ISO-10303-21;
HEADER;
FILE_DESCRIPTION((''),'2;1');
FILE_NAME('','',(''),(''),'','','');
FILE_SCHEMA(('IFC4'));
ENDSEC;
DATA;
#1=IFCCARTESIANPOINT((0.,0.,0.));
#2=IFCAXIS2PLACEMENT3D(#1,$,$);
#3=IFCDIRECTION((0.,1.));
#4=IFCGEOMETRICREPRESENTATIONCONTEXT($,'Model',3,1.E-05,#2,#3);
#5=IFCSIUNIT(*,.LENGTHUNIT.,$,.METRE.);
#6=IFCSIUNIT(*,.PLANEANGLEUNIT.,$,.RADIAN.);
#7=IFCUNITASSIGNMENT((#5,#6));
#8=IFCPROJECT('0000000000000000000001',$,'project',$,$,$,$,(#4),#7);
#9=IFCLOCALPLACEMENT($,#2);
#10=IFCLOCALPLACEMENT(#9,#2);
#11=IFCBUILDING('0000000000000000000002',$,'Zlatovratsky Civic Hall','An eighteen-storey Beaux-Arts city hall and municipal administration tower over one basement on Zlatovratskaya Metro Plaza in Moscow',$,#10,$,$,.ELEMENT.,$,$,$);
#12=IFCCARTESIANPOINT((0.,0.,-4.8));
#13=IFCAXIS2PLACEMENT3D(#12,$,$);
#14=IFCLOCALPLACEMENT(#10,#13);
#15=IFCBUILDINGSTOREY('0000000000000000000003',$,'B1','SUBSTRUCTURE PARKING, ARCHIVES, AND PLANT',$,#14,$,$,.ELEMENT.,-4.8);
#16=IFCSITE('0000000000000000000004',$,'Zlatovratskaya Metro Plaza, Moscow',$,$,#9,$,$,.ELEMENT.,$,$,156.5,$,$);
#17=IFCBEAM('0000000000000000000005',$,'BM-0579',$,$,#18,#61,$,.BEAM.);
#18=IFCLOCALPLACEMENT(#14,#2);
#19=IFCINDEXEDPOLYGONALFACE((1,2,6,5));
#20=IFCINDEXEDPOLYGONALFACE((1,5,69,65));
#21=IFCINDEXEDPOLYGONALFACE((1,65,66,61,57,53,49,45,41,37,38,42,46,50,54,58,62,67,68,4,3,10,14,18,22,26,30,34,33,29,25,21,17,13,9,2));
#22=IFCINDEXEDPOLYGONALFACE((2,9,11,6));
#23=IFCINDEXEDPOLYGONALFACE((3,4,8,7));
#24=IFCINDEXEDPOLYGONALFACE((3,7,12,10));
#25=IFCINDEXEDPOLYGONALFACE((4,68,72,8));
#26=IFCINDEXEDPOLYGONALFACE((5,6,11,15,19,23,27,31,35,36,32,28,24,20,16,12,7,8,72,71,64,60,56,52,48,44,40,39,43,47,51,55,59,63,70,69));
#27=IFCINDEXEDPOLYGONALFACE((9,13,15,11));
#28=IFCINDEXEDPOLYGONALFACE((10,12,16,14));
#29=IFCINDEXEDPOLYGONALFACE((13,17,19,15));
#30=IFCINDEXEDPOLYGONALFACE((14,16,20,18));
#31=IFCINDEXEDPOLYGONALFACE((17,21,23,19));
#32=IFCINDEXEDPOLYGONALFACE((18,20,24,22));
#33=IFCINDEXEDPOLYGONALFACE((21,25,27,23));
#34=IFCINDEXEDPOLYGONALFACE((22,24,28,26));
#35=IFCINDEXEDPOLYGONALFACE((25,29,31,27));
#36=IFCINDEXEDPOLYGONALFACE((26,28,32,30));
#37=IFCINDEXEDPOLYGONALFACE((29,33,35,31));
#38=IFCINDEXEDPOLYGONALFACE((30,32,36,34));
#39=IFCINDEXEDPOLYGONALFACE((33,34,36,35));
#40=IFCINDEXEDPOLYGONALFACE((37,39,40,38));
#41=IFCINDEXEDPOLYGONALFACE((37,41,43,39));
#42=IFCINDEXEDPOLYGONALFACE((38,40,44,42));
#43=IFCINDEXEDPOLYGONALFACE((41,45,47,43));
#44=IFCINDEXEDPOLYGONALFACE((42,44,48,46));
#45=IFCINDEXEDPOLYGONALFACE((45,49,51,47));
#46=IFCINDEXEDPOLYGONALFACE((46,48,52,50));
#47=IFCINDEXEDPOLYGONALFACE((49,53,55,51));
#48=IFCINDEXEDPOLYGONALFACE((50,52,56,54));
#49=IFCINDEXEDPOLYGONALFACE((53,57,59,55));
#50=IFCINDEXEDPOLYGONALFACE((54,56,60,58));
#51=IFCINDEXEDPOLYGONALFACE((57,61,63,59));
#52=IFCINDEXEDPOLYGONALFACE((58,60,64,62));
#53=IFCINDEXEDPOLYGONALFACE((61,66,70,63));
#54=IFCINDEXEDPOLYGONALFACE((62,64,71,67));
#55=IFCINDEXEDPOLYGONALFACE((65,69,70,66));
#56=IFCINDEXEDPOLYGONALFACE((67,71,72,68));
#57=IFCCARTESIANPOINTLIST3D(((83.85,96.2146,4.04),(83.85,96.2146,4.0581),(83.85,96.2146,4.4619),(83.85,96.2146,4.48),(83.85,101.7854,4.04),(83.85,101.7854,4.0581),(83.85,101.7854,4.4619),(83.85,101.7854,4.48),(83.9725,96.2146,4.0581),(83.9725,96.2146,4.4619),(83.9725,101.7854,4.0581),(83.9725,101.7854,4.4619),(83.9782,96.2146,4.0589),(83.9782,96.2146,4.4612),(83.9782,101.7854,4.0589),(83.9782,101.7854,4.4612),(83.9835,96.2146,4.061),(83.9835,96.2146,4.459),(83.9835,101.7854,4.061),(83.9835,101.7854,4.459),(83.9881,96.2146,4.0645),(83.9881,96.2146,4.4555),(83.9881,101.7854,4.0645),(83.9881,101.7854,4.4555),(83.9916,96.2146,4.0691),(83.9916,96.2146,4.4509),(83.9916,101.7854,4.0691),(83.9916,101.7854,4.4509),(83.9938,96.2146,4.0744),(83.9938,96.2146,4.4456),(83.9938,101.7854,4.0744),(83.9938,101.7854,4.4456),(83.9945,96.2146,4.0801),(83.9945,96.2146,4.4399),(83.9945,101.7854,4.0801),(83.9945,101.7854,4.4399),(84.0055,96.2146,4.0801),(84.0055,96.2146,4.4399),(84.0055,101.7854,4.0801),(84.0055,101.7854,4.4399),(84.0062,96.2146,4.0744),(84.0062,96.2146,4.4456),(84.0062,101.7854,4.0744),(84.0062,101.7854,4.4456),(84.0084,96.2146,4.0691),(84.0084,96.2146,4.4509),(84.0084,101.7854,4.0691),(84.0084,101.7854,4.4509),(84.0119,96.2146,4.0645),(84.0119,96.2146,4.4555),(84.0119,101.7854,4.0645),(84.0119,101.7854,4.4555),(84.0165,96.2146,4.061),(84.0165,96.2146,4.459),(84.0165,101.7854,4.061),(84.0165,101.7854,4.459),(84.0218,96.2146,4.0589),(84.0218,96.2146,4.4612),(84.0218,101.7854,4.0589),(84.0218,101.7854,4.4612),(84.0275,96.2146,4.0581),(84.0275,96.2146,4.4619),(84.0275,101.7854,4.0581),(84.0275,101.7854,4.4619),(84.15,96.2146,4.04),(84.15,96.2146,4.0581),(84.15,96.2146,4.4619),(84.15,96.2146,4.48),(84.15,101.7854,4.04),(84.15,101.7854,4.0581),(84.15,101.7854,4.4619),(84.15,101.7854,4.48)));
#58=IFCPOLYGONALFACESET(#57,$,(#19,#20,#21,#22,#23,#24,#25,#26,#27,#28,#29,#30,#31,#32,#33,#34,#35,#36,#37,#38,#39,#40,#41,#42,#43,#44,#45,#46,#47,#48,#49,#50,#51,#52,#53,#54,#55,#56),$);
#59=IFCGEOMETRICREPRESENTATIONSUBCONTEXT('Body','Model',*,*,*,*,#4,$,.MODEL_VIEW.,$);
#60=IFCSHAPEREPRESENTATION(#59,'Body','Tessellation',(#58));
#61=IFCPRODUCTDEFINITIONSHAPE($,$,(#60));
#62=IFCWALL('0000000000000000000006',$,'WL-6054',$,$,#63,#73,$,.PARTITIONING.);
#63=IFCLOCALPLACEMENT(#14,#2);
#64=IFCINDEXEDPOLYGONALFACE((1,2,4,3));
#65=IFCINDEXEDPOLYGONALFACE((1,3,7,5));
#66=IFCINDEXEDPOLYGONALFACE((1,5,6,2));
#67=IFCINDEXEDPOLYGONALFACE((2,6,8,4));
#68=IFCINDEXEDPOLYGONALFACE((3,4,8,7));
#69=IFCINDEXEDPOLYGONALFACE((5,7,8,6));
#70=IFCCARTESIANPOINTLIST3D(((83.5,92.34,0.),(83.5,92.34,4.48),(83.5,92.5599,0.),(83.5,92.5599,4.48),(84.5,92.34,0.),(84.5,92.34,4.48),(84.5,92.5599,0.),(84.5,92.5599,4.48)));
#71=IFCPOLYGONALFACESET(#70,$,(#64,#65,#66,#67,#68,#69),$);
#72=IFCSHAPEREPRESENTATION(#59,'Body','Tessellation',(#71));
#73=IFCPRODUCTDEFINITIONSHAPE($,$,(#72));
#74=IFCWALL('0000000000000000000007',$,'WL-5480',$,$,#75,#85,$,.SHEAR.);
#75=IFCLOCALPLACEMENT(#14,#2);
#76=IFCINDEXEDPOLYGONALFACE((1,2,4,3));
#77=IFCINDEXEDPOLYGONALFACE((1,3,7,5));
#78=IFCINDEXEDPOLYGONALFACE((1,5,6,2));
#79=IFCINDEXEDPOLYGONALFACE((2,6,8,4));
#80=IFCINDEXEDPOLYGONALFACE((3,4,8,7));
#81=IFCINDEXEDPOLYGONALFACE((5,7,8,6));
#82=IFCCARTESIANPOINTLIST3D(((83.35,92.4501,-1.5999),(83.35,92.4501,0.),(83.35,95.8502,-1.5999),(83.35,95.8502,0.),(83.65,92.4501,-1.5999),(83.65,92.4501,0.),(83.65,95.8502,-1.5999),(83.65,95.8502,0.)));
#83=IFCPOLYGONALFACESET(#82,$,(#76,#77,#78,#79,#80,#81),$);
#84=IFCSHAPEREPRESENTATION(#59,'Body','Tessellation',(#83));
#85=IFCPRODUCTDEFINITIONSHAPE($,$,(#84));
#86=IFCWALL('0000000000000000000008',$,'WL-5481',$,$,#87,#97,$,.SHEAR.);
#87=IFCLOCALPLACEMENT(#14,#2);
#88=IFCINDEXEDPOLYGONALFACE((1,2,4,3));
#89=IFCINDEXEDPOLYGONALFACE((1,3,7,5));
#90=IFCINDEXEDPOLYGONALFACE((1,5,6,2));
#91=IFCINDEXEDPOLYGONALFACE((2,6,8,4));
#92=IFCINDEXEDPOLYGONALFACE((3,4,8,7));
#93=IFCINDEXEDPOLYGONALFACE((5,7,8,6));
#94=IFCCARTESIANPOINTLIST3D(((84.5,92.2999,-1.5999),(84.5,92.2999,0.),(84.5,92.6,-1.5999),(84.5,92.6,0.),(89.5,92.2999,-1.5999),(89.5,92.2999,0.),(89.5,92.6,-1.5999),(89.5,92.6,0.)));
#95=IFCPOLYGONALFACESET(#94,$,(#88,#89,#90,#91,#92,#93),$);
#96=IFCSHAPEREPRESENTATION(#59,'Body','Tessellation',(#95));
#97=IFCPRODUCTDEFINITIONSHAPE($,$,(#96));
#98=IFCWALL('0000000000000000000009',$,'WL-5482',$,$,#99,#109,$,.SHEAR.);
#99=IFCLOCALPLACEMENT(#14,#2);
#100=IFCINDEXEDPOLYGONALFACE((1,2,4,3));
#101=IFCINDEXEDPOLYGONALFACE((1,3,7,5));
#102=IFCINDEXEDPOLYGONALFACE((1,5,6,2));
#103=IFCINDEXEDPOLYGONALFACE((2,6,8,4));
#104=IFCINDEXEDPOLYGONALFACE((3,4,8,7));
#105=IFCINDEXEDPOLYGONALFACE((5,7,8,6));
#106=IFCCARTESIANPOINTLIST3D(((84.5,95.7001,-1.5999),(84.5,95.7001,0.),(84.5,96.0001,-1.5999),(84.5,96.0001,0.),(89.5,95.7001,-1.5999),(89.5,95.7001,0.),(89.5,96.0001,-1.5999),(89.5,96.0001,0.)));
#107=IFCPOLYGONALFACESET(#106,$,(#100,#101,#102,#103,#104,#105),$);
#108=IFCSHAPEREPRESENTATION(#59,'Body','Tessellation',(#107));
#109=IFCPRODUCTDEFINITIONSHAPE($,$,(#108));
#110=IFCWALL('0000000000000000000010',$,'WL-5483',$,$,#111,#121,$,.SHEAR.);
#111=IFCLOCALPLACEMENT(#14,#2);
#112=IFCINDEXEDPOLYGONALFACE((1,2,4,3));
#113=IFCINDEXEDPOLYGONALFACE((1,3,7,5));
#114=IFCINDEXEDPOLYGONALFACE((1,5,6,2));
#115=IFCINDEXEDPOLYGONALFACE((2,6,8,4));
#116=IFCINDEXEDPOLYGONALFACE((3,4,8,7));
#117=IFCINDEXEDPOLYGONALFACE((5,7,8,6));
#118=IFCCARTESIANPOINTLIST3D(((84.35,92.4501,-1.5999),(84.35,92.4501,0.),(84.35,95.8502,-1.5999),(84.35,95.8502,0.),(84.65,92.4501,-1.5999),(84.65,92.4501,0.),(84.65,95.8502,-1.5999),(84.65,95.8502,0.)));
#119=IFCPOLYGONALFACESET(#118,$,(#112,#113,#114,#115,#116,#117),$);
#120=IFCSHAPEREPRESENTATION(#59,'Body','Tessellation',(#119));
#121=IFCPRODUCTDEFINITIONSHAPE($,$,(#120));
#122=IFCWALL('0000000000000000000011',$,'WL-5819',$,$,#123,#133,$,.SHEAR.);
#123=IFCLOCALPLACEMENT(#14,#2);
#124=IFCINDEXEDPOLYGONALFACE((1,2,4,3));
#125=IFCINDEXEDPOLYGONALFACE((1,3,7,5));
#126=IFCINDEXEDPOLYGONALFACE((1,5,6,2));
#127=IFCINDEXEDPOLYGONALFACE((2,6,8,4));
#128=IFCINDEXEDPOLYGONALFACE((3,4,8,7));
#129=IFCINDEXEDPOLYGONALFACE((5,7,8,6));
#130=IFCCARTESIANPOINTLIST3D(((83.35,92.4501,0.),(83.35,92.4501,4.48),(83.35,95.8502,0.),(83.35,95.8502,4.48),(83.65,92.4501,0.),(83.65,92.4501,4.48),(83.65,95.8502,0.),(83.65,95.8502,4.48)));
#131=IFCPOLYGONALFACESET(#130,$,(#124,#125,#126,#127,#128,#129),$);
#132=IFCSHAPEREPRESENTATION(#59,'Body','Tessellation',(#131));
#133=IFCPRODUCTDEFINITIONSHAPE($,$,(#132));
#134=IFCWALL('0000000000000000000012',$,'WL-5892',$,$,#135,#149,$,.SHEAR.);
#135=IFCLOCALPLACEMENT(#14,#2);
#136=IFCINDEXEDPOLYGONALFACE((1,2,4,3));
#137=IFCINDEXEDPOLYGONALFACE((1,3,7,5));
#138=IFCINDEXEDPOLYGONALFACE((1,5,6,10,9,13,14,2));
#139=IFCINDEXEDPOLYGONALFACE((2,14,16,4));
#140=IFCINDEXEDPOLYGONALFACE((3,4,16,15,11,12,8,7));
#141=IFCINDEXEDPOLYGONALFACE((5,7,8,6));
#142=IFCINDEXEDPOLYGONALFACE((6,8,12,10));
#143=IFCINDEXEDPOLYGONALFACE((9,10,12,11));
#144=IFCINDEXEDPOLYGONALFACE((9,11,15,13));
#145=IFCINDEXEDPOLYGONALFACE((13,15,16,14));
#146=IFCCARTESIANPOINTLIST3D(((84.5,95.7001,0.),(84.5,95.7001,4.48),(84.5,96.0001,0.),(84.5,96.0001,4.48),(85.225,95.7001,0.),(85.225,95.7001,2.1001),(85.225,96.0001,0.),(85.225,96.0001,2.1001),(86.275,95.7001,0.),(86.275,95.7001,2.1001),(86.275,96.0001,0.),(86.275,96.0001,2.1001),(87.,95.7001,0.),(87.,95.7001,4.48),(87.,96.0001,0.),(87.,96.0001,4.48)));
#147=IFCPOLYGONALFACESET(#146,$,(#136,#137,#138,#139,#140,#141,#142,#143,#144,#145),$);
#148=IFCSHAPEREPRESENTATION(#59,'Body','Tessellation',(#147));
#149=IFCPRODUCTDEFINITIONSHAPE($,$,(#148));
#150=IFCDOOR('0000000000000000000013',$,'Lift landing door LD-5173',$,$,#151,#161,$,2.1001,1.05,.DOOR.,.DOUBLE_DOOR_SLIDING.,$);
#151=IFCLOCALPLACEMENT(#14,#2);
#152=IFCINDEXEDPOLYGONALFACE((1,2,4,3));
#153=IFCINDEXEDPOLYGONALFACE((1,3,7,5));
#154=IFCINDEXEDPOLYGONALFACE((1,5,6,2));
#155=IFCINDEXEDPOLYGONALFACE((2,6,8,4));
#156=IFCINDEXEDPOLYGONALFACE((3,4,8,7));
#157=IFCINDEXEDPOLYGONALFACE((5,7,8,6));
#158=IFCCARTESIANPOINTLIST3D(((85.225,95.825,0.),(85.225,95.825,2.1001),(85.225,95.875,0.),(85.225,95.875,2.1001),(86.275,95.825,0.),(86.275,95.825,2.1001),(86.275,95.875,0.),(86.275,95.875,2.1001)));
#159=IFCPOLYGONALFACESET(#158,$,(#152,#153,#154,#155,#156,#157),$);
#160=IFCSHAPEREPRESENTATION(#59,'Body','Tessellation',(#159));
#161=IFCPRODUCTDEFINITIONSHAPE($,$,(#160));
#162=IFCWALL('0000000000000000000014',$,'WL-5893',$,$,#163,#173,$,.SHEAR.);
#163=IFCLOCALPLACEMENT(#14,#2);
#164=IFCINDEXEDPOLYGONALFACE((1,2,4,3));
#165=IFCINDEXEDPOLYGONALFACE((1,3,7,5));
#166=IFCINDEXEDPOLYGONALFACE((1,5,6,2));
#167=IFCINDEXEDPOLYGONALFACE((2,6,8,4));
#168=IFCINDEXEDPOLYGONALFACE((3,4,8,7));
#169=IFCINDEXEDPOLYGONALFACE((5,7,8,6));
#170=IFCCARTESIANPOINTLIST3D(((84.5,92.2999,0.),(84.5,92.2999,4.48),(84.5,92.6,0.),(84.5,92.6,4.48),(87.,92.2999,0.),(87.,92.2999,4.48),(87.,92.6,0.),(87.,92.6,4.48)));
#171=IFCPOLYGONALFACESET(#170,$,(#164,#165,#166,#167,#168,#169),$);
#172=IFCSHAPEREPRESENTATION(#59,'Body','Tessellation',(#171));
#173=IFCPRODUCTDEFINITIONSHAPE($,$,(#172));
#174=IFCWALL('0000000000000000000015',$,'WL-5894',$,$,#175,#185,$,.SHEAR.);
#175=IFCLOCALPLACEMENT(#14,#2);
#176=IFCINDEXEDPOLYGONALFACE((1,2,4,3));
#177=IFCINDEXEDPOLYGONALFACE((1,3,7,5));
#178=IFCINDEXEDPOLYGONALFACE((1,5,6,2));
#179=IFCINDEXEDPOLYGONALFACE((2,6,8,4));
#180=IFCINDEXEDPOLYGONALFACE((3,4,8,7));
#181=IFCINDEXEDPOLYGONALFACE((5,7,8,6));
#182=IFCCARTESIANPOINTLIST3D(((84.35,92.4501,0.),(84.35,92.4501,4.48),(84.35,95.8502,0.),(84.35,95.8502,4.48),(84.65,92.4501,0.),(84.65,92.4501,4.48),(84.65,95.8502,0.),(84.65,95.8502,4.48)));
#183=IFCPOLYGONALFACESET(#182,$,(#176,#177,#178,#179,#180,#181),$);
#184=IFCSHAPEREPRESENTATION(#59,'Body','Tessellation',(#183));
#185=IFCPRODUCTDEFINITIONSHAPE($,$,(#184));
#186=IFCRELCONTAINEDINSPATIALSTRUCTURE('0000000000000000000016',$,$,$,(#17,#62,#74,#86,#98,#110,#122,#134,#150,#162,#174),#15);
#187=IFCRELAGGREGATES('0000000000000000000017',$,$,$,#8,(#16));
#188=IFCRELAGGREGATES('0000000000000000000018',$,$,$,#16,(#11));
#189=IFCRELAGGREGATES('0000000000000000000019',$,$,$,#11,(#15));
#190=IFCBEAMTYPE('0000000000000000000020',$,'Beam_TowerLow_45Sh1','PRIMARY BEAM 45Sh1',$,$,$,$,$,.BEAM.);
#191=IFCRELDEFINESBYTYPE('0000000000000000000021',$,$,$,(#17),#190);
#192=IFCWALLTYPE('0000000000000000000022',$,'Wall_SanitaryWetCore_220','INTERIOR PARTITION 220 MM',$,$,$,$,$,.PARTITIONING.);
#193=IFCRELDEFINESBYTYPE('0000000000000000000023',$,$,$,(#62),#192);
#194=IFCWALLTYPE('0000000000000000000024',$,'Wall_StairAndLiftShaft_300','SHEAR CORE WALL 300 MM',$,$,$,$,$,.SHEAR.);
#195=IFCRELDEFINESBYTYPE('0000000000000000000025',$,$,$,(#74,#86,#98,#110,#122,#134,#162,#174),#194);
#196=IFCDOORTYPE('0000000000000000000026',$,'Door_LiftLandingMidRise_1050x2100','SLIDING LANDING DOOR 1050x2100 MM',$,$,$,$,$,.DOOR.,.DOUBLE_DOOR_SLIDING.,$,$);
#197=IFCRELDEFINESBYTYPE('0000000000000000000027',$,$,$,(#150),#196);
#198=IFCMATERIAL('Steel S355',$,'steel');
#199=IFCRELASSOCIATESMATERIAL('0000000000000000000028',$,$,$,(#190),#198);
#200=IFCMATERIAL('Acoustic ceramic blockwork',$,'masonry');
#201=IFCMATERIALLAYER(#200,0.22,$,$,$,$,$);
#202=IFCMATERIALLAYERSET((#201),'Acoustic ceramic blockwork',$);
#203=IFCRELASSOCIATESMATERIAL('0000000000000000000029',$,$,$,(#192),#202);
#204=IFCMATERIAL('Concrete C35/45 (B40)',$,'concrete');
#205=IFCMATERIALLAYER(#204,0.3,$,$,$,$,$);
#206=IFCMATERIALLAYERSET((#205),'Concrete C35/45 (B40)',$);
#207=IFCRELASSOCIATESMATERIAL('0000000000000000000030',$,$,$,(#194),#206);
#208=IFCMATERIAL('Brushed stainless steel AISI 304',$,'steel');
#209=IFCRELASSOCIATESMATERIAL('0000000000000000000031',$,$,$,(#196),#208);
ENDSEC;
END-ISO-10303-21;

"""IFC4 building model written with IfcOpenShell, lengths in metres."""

from ifc_helpers import new_model, si_unit, direction, frame, frame_2d, origin, origin_2d, place, context, subcontext, project, spatial, rectangle, i_section, extrude, material, layer, layer_set, material_profile, profile_set, type_object, element, fill, save


model = new_model("IFC4")

# Units and contexts
model_context = context("Model", 3, precision=1e-05, world=origin(), true_north=direction((0.0, 1.0)))
body_context = subcontext(model_context, "Body", "Model", "MODEL_VIEW")
ifc_project = project(units=[si_unit("LENGTHUNIT", "METRE"), si_unit("PLANEANGLEUNIT", "RADIAN")], contexts=[model_context])

# Site, building, storey
site_placement = place(None, origin())
site = spatial("IfcSite", under=ifc_project, at=site_placement, Name="Zlatovratskaya Metro Plaza, Moscow", CompositionType="ELEMENT", RefElevation=156.5)
building_placement = place(site_placement, origin())
building = spatial("IfcBuilding", under=site, at=building_placement, Name="Zlatovratsky Civic Hall", Description="An eighteen-storey Beaux-Arts city hall and municipal administration tower over one basement on Zlatovratskaya Metro Plaza in Moscow", CompositionType="ELEMENT")
storey_placement = place(building_placement, frame((0.0, 0.0, -4.8)))
storey = spatial("IfcBuildingStorey", under=building, at=storey_placement, Name="B1", Description="SUBSTRUCTURE PARKING, ARCHIVES, AND PLANT", CompositionType="ELEMENT", Elevation=-4.8)

# Shared definitions
ifc_material_1 = material(Name="Steel S355", Category="steel")

# Beam
ifc_material_profile_1 = material_profile(ifc_material_1, i_section(OverallWidth=0.3, OverallDepth=0.4399, WebThickness=0.011, FlangeThickness=0.0181, FilletRadius=0.022, at=origin_2d()), Name="45Sh1")
ifc_profile_set_1 = profile_set([ifc_material_profile_1], Name="Steel S355")
beam_type = type_object("IfcBeamType", Name="Beam_TowerLow_45Sh1", Description="PRIMARY BEAM 45Sh1", PredefinedType="BEAM", material=ifc_profile_set_1)
beam_placement = place(storey_placement, frame((84.0, 96.2146, 4.26), z_axis=(0.0, 1.0, 0.0), x_axis=(-1.0, 0.0, 0.0)))
element("IfcBeam", 1, at=beam_placement, inside=storey, type_object=beam_type, Name="BM-0579", PredefinedType="BEAM", context=body_context, shape_type="SweptSolid", body=[
    extrude(i_section(OverallWidth=0.3, OverallDepth=0.4399, WebThickness=0.011, FlangeThickness=0.0181, FilletRadius=0.022, at=origin_2d()), origin(), (0.0, 0.0, 1.0), 5.5708),
])

# Walls
ifc_material_2 = material(Name="Acoustic ceramic blockwork", Category="masonry")
ifc_layer_1 = layer(ifc_material_2, 0.22)
ifc_layer_set_1 = layer_set([ifc_layer_1], Name="Acoustic ceramic blockwork")
wall_type_1 = type_object("IfcWallType", Name="Wall_SanitaryWetCore_220", Description="INTERIOR PARTITION 220 MM", PredefinedType="PARTITIONING", material=ifc_layer_set_1)
wall_1_placement = place(storey_placement, frame((83.5, 92.45, 0.0), z_axis=(0.0, 0.0, 1.0), x_axis=(1.0, 0.0, 0.0)))
element("IfcWall", 2, at=wall_1_placement, inside=storey, type_object=wall_type_1, Name="WL-6054", PredefinedType="PARTITIONING", context=body_context, shape_type="SweptSolid", body=[
    extrude(rectangle(XDim=1.0, YDim=0.22, at=frame_2d((0.5, 0.0))), origin(), (0.0, 0.0, 1.0), 4.48),
])
ifc_material_3 = material(Name="Concrete C35/45 (B40)", Category="concrete")
ifc_layer_2 = layer(ifc_material_3, 0.3)
ifc_layer_set_2 = layer_set([ifc_layer_2], Name="Concrete C35/45 (B40)")
wall_type_2 = type_object("IfcWallType", Name="Wall_StairAndLiftShaft_300", Description="SHEAR CORE WALL 300 MM", PredefinedType="SHEAR", material=ifc_layer_set_2)
wall_2_placement = place(storey_placement, frame((83.5, 92.45, -1.5999), z_axis=(0.0, 0.0, 1.0), x_axis=(0.0, 1.0, 0.0)))
element("IfcWall", 3, at=wall_2_placement, inside=storey, type_object=wall_type_2, Name="WL-5480", PredefinedType="SHEAR", context=body_context, shape_type="SweptSolid", body=[
    extrude(rectangle(XDim=3.4001, YDim=0.3, at=frame_2d((1.7002, 0.0))), origin(), (0.0, 0.0, 1.0), 1.5999),
])
for number, where, z_axis, x_axis, name in (
    (4, (84.5, 92.45, -1.5999), (0.0, 0.0, 1.0), (1.0, 0.0, 0.0), "WL-5481"),
    (5, (84.5, 95.8501, -1.5999), (0.0, 0.0, 1.0), (1.0, 0.0, 0.0), "WL-5482"),
):
    element("IfcWall", number, at=place(storey_placement, frame(where, z_axis=z_axis, x_axis=x_axis)), inside=storey, type_object=wall_type_2, Name=name, PredefinedType="SHEAR", context=body_context, shape_type="SweptSolid", body=[
        extrude(rectangle(XDim=5.0, YDim=0.3, at=frame_2d((2.5, 0.0))), origin(), (0.0, 0.0, 1.0), 1.5999),
    ])
wall_3_placement = place(storey_placement, frame((84.5, 92.45, -1.5999), z_axis=(0.0, 0.0, 1.0), x_axis=(0.0, 1.0, 0.0)))
element("IfcWall", 6, at=wall_3_placement, inside=storey, type_object=wall_type_2, Name="WL-5483", PredefinedType="SHEAR", context=body_context, shape_type="SweptSolid", body=[
    extrude(rectangle(XDim=3.4001, YDim=0.3, at=frame_2d((1.7002, 0.0))), origin(), (0.0, 0.0, 1.0), 1.5999),
])
wall_4_placement = place(storey_placement, frame((83.5, 92.45, 0.0), z_axis=(0.0, 0.0, 1.0), x_axis=(0.0, 1.0, 0.0)))
element("IfcWall", 7, at=wall_4_placement, inside=storey, type_object=wall_type_2, Name="WL-5819", PredefinedType="SHEAR", context=body_context, shape_type="SweptSolid", body=[
    extrude(rectangle(XDim=3.4001, YDim=0.3, at=frame_2d((1.7002, 0.0))), origin(), (0.0, 0.0, 1.0), 4.48),
])

# Wall, opening, door
wall_5_placement = place(storey_placement, frame((84.5, 95.8501, 0.0), z_axis=(0.0, 0.0, 1.0), x_axis=(1.0, 0.0, 0.0)))
wall_5 = element("IfcWall", 8, at=wall_5_placement, inside=storey, type_object=wall_type_2, Name="WL-5892", PredefinedType="SHEAR", context=body_context, shape_type="SweptSolid", body=[
    extrude(rectangle(XDim=2.5, YDim=0.3, at=frame_2d((1.25, 0.0))), origin(), (0.0, 0.0, 1.0), 4.48),
])
opening_placement = place(wall_5_placement, frame((0.7251, 0.0, 0.0)))
opening = element("IfcOpeningElement", 9, at=opening_placement, cuts=wall_5, PredefinedType="OPENING", context=body_context, shape_type="SweptSolid", body=[
    extrude(rectangle(XDim=1.05, YDim=2.1001, at=frame_2d((0.5249, 1.05))), frame((0.0, 0.165, 0.0), z_axis=(0.0, -1.0, 0.0), x_axis=(1.0, 0.0, 0.0)), (0.0, 0.0, 1.0), 0.3298),
])
ifc_material_4 = material(Name="Brushed stainless steel AISI 304", Category="steel")
door_type = type_object("IfcDoorType", Name="Door_LiftLandingMidRise_1050x2100", Description="SLIDING LANDING DOOR 1050x2100 MM", OperationType="DOUBLE_DOOR_SLIDING", PredefinedType="DOOR", material=ifc_material_4)
door_placement = place(opening_placement, origin())
door = element("IfcDoor", 10, at=door_placement, inside=storey, type_object=door_type, Name="Lift landing door LD-5173", OperationType="DOUBLE_DOOR_SLIDING", OverallHeight=2.1001, OverallWidth=1.05, PredefinedType="DOOR", context=body_context, shape_type="SweptSolid", body=[
    extrude(rectangle(XDim=1.05, YDim=2.1001, at=frame_2d((0.5249, 1.05))), frame((0.0, 0.0249, 0.0), z_axis=(0.0, -1.0, 0.0), x_axis=(1.0, 0.0, 0.0)), (0.0, 0.0, 1.0), 0.05),
])
fill(opening, door)

# Walls
wall_6_placement = place(storey_placement, frame((84.5, 92.45, 0.0), z_axis=(0.0, 0.0, 1.0), x_axis=(1.0, 0.0, 0.0)))
element("IfcWall", 11, at=wall_6_placement, inside=storey, type_object=wall_type_2, Name="WL-5893", PredefinedType="SHEAR", context=body_context, shape_type="SweptSolid", body=[
    extrude(rectangle(XDim=2.5, YDim=0.3, at=frame_2d((1.25, 0.0))), origin(), (0.0, 0.0, 1.0), 4.48),
])
wall_7_placement = place(storey_placement, frame((84.5, 92.45, 0.0), z_axis=(0.0, 0.0, 1.0), x_axis=(0.0, 1.0, 0.0)))
element("IfcWall", 12, at=wall_7_placement, inside=storey, type_object=wall_type_2, Name="WL-5894", PredefinedType="SHEAR", context=body_context, shape_type="SweptSolid", body=[
    extrude(rectangle(XDim=3.4001, YDim=0.3, at=frame_2d((1.7002, 0.0))), origin(), (0.0, 0.0, 1.0), 4.48),
])

save(model, "model.ifc")
